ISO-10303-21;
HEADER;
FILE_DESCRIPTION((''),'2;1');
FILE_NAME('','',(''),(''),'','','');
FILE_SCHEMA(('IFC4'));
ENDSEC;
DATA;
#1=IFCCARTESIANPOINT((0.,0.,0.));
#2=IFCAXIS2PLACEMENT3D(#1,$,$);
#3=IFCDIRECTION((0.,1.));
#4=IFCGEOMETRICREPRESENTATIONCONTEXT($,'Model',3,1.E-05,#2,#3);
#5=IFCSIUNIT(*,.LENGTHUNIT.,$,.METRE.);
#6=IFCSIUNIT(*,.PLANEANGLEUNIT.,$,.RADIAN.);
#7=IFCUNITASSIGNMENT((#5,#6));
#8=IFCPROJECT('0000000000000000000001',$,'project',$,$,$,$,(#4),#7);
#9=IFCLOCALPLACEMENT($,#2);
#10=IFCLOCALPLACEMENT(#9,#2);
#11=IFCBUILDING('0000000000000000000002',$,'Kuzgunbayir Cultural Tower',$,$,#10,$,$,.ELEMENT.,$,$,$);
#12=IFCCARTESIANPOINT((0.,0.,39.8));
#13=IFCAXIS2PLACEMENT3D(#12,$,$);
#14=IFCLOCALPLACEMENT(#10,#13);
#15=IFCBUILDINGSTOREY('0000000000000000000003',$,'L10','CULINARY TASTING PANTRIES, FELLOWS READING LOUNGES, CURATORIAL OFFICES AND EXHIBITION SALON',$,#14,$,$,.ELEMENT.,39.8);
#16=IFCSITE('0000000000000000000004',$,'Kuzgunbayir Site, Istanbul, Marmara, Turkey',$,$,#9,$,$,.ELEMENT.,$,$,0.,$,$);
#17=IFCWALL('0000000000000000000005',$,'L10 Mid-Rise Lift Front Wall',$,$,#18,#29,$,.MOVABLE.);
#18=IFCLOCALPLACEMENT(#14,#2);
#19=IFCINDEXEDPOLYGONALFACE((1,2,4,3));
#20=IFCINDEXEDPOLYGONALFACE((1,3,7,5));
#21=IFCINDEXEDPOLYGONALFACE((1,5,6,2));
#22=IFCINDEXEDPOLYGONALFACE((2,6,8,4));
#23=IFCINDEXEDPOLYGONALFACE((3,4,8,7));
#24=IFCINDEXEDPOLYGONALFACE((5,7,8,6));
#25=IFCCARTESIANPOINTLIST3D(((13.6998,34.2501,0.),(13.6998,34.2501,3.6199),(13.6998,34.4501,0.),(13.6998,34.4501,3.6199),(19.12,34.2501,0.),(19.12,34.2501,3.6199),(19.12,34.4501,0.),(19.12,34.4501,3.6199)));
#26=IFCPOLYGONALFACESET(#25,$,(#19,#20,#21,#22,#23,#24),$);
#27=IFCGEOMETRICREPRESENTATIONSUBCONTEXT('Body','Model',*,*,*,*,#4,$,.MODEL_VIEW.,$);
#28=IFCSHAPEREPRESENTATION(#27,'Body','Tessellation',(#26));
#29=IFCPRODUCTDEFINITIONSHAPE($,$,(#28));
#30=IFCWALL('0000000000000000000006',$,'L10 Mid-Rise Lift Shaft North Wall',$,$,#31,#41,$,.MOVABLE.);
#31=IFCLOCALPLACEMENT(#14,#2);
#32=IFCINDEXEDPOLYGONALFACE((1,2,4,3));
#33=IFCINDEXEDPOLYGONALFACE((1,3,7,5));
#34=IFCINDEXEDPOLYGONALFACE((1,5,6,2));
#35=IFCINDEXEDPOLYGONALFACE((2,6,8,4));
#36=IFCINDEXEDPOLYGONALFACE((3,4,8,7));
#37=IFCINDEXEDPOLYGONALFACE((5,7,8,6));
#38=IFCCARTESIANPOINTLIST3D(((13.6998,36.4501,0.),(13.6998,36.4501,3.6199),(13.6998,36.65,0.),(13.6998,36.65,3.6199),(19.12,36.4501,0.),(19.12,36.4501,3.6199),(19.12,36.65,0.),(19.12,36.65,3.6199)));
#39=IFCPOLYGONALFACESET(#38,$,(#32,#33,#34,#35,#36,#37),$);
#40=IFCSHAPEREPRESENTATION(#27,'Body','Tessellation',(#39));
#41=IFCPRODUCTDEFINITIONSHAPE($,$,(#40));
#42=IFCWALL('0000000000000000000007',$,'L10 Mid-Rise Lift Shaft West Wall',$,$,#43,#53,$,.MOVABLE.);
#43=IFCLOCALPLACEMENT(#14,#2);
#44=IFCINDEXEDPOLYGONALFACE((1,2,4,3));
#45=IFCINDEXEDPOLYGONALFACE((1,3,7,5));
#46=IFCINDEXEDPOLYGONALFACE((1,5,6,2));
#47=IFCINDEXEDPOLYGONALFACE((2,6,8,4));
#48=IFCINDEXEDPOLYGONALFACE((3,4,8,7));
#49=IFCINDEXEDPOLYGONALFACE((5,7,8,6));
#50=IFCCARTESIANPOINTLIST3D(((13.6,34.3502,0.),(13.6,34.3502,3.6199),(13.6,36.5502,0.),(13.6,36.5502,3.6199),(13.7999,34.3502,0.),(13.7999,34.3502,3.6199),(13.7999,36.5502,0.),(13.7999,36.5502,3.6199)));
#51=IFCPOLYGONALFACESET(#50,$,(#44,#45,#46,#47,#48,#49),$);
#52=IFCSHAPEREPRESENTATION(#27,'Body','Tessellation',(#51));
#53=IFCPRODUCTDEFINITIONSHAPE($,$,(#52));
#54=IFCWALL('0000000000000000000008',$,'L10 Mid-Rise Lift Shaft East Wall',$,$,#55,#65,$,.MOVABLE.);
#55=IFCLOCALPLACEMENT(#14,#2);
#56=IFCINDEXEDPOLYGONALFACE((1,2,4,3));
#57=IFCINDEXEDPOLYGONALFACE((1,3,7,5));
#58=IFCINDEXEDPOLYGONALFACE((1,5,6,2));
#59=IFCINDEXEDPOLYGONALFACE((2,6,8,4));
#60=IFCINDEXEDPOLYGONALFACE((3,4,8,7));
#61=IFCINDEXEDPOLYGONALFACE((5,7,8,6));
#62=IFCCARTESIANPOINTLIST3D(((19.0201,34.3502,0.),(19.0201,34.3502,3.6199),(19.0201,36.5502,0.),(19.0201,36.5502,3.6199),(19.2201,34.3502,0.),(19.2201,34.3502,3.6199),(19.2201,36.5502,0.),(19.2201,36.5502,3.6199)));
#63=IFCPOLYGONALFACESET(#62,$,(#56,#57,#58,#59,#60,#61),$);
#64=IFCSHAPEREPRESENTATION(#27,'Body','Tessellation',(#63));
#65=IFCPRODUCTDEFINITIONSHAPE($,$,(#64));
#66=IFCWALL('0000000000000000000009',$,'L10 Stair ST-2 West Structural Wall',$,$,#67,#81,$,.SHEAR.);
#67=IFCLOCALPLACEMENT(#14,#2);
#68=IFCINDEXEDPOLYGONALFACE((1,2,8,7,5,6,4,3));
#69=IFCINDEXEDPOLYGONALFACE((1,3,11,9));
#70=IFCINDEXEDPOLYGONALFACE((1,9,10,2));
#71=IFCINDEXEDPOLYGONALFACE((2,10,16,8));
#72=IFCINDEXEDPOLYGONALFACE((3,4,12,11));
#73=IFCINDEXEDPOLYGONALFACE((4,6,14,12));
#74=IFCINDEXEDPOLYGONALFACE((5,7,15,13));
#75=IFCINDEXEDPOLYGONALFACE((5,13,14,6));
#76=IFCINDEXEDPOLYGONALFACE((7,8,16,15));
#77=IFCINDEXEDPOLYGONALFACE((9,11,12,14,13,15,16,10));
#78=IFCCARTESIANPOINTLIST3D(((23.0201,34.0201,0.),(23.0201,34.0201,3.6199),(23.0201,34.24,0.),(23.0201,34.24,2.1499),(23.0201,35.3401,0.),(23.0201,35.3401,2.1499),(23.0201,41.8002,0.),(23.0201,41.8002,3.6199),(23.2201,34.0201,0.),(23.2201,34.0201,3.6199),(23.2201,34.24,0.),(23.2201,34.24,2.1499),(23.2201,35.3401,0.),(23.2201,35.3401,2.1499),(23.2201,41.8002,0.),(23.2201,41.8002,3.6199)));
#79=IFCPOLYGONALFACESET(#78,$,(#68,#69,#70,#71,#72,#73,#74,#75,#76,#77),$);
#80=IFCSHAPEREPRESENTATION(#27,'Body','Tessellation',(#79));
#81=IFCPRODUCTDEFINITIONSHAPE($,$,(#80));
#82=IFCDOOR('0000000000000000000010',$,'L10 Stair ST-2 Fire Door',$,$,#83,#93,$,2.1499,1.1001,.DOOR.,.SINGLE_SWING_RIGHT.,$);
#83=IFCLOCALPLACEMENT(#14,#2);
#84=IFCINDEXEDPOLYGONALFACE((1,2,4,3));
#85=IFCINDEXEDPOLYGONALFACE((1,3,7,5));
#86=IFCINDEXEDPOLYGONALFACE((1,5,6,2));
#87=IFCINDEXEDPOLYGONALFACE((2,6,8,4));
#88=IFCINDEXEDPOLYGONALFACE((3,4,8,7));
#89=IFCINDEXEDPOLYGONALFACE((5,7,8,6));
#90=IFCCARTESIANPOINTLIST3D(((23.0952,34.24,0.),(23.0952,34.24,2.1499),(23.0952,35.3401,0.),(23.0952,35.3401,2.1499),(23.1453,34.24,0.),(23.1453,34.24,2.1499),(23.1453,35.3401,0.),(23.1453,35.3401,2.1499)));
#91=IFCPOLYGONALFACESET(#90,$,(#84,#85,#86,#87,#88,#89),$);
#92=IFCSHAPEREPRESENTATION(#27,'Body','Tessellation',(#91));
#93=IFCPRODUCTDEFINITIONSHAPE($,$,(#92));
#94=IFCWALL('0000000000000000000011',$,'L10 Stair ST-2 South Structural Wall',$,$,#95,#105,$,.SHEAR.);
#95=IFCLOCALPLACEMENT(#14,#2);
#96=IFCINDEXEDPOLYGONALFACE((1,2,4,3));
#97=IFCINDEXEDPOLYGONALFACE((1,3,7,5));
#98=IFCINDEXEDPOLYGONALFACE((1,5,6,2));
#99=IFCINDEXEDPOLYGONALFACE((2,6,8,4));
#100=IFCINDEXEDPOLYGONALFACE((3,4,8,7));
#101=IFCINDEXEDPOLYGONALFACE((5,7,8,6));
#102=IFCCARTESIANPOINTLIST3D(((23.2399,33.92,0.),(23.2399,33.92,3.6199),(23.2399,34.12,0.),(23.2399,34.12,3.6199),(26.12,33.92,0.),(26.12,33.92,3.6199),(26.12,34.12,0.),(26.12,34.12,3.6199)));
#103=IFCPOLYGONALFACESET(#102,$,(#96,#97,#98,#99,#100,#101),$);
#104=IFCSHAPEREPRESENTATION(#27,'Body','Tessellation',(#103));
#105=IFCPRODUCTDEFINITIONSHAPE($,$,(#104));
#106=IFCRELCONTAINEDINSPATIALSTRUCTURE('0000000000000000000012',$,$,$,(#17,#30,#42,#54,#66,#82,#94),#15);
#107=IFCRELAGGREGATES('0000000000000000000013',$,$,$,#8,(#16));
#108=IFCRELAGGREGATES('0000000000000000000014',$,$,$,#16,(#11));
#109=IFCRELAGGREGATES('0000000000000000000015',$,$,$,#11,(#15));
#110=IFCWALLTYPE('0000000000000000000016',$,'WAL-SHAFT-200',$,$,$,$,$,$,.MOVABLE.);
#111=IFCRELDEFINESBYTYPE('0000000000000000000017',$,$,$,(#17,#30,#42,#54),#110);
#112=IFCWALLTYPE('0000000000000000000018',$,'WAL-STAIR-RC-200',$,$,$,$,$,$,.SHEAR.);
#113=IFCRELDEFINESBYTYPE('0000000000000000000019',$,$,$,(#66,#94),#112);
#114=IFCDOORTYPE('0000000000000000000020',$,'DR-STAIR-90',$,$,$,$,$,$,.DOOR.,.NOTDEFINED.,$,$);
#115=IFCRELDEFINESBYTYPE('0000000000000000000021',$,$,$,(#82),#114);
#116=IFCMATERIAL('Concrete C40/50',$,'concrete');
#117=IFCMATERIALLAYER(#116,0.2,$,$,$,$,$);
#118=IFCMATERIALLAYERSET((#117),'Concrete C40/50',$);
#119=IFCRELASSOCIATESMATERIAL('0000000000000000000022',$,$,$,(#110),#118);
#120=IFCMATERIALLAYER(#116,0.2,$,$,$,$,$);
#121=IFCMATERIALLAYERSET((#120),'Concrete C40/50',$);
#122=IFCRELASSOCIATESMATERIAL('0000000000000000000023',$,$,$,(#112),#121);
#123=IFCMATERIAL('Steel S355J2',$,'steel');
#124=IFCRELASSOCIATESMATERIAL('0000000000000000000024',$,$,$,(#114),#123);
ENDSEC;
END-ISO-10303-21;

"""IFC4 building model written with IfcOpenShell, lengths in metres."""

from ifc_helpers import new_model, si_unit, direction, frame, frame_2d, origin, place, context, subcontext, project, spatial, rectangle, extrude, material, layer, layer_set, type_object, element, fill, save


model = new_model("IFC4")

# Units and contexts
model_context = context("Model", 3, precision=1e-05, world=origin(), true_north=direction((0.0, 1.0)))
body_context = subcontext(model_context, "Body", "Model", "MODEL_VIEW")
ifc_project = project(units=[si_unit("LENGTHUNIT", "METRE"), si_unit("PLANEANGLEUNIT", "RADIAN")], contexts=[model_context])

# Site, building, storey
site_placement = place(None, origin())
site = spatial("IfcSite", under=ifc_project, at=site_placement, Name="Kuzgunbayir Site, Istanbul, Marmara, Turkey", CompositionType="ELEMENT", RefElevation=0.0)
building_placement = place(site_placement, origin())
building = spatial("IfcBuilding", under=site, at=building_placement, Name="Kuzgunbayir Cultural Tower", CompositionType="ELEMENT")
storey_placement = place(building_placement, frame((0.0, 0.0, 39.8)))
storey = spatial("IfcBuildingStorey", under=building, at=storey_placement, Name="L10", Description="CULINARY TASTING PANTRIES, FELLOWS READING LOUNGES, CURATORIAL OFFICES AND EXHIBITION SALON", CompositionType="ELEMENT", Elevation=39.8)

# Shared definitions
ifc_material_1 = material(Name="Steel S355J2", Category="steel")

# Shared definitions
ifc_material_2 = material(Name="Concrete C40/50", Category="concrete")
ifc_layer_1 = layer(ifc_material_2, 0.2)
ifc_layer_set_1 = layer_set([ifc_layer_1], Name="Concrete C40/50")
wall_type_1 = type_object("IfcWallType", Name="WAL-SHAFT-200", PredefinedType="MOVABLE", material=ifc_layer_set_1)

# Walls
for number, where, z_axis, x_axis, name in (
    (1, (13.7, 34.3501, 0.0), (0.0, 0.0, 1.0), (1.0, 0.0, 0.0), "L10 Mid-Rise Lift Front Wall"),
    (2, (13.7, 36.55, 0.0), (0.0, 0.0, 1.0), (1.0, 0.0, 0.0), "L10 Mid-Rise Lift Shaft North Wall"),
):
    element("IfcWall", number, at=place(storey_placement, frame(where, z_axis=z_axis, x_axis=x_axis)), inside=storey, type_object=wall_type_1, Name=name, PredefinedType="MOVABLE", context=body_context, shape_type="SweptSolid", body=[
        extrude(rectangle(XDim=5.4202, YDim=0.2, at=frame_2d((2.71, 0.0))), origin(), (0.0, 0.0, 1.0), 3.6199),
    ])
for number, where, z_axis, x_axis, name in (
    (3, (13.7, 34.3501, 0.0), (0.0, 0.0, 1.0), (0.0, 1.0, 0.0), "L10 Mid-Rise Lift Shaft West Wall"),
    (4, (19.1201, 34.3501, 0.0), (0.0, 0.0, 1.0), (0.0, 1.0, 0.0), "L10 Mid-Rise Lift Shaft East Wall"),
):
    element("IfcWall", number, at=place(storey_placement, frame(where, z_axis=z_axis, x_axis=x_axis)), inside=storey, type_object=wall_type_1, Name=name, PredefinedType="MOVABLE", context=body_context, shape_type="SweptSolid", body=[
        extrude(rectangle(XDim=2.2, YDim=0.2, at=frame_2d((1.1001, 0.0))), origin(), (0.0, 0.0, 1.0), 3.6199),
    ])

# Wall, opening, door
ifc_layer_2 = layer(ifc_material_2, 0.2)
ifc_layer_set_2 = layer_set([ifc_layer_2], Name="Concrete C40/50")
wall_type_2 = type_object("IfcWallType", Name="WAL-STAIR-RC-200", PredefinedType="SHEAR", material=ifc_layer_set_2)
wall_1_placement = place(storey_placement, frame((23.1201, 34.02, 0.0), z_axis=(0.0, 0.0, 1.0), x_axis=(0.0, 1.0, 0.0)))
wall_1 = element("IfcWall", 5, at=wall_1_placement, inside=storey, type_object=wall_type_2, Name="L10 Stair ST-2 West Structural Wall", PredefinedType="SHEAR", context=body_context, shape_type="SweptSolid", body=[
    extrude(rectangle(XDim=7.78, YDim=0.2, at=frame_2d((3.8901, 0.0))), origin(), (0.0, 0.0, 1.0), 3.6199),
])
opening_1_placement = place(wall_1_placement, frame((0.22, 0.0, 0.0)))
opening_1 = element("IfcOpeningElement", 6, at=opening_1_placement, cuts=wall_1, PredefinedType="OPENING", context=body_context, shape_type="SweptSolid", body=[
    extrude(rectangle(XDim=1.1001, YDim=2.1499, at=frame_2d((0.55, 1.075))), frame((0.0, 0.1099, 0.0), z_axis=(0.0, -1.0, 0.0), x_axis=(1.0, 0.0, 0.0)), (0.0, 0.0, 1.0), 0.22),
])
door_type_1 = type_object("IfcDoorType", Name="DR-STAIR-90", OperationType="NOTDEFINED", PredefinedType="DOOR", material=ifc_material_1)
door_1_placement = place(opening_1_placement, origin())
door_1 = element("IfcDoor", 7, at=door_1_placement, inside=storey, type_object=door_type_1, Name="L10 Stair ST-2 Fire Door", OperationType="SINGLE_SWING_RIGHT", OverallHeight=2.1499, OverallWidth=1.1001, PredefinedType="DOOR", context=body_context, shape_type="SweptSolid", body=[
    extrude(rectangle(XDim=1.1001, YDim=2.1499, at=frame_2d((0.55, 1.075))), frame((0.0, 0.0249, 0.0), z_axis=(0.0, -1.0, 0.0), x_axis=(1.0, 0.0, 0.0)), (0.0, 0.0, 1.0), 0.05),
])
fill(opening_1, door_1)

# Wall
wall_2_placement = place(storey_placement, frame((23.24, 34.02, 0.0), z_axis=(0.0, 0.0, 1.0), x_axis=(1.0, 0.0, 0.0)))
element("IfcWall", 8, at=wall_2_placement, inside=storey, type_object=wall_type_2, Name="L10 Stair ST-2 South Structural Wall", PredefinedType="SHEAR", context=body_context, shape_type="SweptSolid", body=[
    extrude(rectangle(XDim=2.8801, YDim=0.2, at=frame_2d((1.4399, 0.0))), origin(), (0.0, 0.0, 1.0), 3.6199),
])

save(model, "model.ifc")
